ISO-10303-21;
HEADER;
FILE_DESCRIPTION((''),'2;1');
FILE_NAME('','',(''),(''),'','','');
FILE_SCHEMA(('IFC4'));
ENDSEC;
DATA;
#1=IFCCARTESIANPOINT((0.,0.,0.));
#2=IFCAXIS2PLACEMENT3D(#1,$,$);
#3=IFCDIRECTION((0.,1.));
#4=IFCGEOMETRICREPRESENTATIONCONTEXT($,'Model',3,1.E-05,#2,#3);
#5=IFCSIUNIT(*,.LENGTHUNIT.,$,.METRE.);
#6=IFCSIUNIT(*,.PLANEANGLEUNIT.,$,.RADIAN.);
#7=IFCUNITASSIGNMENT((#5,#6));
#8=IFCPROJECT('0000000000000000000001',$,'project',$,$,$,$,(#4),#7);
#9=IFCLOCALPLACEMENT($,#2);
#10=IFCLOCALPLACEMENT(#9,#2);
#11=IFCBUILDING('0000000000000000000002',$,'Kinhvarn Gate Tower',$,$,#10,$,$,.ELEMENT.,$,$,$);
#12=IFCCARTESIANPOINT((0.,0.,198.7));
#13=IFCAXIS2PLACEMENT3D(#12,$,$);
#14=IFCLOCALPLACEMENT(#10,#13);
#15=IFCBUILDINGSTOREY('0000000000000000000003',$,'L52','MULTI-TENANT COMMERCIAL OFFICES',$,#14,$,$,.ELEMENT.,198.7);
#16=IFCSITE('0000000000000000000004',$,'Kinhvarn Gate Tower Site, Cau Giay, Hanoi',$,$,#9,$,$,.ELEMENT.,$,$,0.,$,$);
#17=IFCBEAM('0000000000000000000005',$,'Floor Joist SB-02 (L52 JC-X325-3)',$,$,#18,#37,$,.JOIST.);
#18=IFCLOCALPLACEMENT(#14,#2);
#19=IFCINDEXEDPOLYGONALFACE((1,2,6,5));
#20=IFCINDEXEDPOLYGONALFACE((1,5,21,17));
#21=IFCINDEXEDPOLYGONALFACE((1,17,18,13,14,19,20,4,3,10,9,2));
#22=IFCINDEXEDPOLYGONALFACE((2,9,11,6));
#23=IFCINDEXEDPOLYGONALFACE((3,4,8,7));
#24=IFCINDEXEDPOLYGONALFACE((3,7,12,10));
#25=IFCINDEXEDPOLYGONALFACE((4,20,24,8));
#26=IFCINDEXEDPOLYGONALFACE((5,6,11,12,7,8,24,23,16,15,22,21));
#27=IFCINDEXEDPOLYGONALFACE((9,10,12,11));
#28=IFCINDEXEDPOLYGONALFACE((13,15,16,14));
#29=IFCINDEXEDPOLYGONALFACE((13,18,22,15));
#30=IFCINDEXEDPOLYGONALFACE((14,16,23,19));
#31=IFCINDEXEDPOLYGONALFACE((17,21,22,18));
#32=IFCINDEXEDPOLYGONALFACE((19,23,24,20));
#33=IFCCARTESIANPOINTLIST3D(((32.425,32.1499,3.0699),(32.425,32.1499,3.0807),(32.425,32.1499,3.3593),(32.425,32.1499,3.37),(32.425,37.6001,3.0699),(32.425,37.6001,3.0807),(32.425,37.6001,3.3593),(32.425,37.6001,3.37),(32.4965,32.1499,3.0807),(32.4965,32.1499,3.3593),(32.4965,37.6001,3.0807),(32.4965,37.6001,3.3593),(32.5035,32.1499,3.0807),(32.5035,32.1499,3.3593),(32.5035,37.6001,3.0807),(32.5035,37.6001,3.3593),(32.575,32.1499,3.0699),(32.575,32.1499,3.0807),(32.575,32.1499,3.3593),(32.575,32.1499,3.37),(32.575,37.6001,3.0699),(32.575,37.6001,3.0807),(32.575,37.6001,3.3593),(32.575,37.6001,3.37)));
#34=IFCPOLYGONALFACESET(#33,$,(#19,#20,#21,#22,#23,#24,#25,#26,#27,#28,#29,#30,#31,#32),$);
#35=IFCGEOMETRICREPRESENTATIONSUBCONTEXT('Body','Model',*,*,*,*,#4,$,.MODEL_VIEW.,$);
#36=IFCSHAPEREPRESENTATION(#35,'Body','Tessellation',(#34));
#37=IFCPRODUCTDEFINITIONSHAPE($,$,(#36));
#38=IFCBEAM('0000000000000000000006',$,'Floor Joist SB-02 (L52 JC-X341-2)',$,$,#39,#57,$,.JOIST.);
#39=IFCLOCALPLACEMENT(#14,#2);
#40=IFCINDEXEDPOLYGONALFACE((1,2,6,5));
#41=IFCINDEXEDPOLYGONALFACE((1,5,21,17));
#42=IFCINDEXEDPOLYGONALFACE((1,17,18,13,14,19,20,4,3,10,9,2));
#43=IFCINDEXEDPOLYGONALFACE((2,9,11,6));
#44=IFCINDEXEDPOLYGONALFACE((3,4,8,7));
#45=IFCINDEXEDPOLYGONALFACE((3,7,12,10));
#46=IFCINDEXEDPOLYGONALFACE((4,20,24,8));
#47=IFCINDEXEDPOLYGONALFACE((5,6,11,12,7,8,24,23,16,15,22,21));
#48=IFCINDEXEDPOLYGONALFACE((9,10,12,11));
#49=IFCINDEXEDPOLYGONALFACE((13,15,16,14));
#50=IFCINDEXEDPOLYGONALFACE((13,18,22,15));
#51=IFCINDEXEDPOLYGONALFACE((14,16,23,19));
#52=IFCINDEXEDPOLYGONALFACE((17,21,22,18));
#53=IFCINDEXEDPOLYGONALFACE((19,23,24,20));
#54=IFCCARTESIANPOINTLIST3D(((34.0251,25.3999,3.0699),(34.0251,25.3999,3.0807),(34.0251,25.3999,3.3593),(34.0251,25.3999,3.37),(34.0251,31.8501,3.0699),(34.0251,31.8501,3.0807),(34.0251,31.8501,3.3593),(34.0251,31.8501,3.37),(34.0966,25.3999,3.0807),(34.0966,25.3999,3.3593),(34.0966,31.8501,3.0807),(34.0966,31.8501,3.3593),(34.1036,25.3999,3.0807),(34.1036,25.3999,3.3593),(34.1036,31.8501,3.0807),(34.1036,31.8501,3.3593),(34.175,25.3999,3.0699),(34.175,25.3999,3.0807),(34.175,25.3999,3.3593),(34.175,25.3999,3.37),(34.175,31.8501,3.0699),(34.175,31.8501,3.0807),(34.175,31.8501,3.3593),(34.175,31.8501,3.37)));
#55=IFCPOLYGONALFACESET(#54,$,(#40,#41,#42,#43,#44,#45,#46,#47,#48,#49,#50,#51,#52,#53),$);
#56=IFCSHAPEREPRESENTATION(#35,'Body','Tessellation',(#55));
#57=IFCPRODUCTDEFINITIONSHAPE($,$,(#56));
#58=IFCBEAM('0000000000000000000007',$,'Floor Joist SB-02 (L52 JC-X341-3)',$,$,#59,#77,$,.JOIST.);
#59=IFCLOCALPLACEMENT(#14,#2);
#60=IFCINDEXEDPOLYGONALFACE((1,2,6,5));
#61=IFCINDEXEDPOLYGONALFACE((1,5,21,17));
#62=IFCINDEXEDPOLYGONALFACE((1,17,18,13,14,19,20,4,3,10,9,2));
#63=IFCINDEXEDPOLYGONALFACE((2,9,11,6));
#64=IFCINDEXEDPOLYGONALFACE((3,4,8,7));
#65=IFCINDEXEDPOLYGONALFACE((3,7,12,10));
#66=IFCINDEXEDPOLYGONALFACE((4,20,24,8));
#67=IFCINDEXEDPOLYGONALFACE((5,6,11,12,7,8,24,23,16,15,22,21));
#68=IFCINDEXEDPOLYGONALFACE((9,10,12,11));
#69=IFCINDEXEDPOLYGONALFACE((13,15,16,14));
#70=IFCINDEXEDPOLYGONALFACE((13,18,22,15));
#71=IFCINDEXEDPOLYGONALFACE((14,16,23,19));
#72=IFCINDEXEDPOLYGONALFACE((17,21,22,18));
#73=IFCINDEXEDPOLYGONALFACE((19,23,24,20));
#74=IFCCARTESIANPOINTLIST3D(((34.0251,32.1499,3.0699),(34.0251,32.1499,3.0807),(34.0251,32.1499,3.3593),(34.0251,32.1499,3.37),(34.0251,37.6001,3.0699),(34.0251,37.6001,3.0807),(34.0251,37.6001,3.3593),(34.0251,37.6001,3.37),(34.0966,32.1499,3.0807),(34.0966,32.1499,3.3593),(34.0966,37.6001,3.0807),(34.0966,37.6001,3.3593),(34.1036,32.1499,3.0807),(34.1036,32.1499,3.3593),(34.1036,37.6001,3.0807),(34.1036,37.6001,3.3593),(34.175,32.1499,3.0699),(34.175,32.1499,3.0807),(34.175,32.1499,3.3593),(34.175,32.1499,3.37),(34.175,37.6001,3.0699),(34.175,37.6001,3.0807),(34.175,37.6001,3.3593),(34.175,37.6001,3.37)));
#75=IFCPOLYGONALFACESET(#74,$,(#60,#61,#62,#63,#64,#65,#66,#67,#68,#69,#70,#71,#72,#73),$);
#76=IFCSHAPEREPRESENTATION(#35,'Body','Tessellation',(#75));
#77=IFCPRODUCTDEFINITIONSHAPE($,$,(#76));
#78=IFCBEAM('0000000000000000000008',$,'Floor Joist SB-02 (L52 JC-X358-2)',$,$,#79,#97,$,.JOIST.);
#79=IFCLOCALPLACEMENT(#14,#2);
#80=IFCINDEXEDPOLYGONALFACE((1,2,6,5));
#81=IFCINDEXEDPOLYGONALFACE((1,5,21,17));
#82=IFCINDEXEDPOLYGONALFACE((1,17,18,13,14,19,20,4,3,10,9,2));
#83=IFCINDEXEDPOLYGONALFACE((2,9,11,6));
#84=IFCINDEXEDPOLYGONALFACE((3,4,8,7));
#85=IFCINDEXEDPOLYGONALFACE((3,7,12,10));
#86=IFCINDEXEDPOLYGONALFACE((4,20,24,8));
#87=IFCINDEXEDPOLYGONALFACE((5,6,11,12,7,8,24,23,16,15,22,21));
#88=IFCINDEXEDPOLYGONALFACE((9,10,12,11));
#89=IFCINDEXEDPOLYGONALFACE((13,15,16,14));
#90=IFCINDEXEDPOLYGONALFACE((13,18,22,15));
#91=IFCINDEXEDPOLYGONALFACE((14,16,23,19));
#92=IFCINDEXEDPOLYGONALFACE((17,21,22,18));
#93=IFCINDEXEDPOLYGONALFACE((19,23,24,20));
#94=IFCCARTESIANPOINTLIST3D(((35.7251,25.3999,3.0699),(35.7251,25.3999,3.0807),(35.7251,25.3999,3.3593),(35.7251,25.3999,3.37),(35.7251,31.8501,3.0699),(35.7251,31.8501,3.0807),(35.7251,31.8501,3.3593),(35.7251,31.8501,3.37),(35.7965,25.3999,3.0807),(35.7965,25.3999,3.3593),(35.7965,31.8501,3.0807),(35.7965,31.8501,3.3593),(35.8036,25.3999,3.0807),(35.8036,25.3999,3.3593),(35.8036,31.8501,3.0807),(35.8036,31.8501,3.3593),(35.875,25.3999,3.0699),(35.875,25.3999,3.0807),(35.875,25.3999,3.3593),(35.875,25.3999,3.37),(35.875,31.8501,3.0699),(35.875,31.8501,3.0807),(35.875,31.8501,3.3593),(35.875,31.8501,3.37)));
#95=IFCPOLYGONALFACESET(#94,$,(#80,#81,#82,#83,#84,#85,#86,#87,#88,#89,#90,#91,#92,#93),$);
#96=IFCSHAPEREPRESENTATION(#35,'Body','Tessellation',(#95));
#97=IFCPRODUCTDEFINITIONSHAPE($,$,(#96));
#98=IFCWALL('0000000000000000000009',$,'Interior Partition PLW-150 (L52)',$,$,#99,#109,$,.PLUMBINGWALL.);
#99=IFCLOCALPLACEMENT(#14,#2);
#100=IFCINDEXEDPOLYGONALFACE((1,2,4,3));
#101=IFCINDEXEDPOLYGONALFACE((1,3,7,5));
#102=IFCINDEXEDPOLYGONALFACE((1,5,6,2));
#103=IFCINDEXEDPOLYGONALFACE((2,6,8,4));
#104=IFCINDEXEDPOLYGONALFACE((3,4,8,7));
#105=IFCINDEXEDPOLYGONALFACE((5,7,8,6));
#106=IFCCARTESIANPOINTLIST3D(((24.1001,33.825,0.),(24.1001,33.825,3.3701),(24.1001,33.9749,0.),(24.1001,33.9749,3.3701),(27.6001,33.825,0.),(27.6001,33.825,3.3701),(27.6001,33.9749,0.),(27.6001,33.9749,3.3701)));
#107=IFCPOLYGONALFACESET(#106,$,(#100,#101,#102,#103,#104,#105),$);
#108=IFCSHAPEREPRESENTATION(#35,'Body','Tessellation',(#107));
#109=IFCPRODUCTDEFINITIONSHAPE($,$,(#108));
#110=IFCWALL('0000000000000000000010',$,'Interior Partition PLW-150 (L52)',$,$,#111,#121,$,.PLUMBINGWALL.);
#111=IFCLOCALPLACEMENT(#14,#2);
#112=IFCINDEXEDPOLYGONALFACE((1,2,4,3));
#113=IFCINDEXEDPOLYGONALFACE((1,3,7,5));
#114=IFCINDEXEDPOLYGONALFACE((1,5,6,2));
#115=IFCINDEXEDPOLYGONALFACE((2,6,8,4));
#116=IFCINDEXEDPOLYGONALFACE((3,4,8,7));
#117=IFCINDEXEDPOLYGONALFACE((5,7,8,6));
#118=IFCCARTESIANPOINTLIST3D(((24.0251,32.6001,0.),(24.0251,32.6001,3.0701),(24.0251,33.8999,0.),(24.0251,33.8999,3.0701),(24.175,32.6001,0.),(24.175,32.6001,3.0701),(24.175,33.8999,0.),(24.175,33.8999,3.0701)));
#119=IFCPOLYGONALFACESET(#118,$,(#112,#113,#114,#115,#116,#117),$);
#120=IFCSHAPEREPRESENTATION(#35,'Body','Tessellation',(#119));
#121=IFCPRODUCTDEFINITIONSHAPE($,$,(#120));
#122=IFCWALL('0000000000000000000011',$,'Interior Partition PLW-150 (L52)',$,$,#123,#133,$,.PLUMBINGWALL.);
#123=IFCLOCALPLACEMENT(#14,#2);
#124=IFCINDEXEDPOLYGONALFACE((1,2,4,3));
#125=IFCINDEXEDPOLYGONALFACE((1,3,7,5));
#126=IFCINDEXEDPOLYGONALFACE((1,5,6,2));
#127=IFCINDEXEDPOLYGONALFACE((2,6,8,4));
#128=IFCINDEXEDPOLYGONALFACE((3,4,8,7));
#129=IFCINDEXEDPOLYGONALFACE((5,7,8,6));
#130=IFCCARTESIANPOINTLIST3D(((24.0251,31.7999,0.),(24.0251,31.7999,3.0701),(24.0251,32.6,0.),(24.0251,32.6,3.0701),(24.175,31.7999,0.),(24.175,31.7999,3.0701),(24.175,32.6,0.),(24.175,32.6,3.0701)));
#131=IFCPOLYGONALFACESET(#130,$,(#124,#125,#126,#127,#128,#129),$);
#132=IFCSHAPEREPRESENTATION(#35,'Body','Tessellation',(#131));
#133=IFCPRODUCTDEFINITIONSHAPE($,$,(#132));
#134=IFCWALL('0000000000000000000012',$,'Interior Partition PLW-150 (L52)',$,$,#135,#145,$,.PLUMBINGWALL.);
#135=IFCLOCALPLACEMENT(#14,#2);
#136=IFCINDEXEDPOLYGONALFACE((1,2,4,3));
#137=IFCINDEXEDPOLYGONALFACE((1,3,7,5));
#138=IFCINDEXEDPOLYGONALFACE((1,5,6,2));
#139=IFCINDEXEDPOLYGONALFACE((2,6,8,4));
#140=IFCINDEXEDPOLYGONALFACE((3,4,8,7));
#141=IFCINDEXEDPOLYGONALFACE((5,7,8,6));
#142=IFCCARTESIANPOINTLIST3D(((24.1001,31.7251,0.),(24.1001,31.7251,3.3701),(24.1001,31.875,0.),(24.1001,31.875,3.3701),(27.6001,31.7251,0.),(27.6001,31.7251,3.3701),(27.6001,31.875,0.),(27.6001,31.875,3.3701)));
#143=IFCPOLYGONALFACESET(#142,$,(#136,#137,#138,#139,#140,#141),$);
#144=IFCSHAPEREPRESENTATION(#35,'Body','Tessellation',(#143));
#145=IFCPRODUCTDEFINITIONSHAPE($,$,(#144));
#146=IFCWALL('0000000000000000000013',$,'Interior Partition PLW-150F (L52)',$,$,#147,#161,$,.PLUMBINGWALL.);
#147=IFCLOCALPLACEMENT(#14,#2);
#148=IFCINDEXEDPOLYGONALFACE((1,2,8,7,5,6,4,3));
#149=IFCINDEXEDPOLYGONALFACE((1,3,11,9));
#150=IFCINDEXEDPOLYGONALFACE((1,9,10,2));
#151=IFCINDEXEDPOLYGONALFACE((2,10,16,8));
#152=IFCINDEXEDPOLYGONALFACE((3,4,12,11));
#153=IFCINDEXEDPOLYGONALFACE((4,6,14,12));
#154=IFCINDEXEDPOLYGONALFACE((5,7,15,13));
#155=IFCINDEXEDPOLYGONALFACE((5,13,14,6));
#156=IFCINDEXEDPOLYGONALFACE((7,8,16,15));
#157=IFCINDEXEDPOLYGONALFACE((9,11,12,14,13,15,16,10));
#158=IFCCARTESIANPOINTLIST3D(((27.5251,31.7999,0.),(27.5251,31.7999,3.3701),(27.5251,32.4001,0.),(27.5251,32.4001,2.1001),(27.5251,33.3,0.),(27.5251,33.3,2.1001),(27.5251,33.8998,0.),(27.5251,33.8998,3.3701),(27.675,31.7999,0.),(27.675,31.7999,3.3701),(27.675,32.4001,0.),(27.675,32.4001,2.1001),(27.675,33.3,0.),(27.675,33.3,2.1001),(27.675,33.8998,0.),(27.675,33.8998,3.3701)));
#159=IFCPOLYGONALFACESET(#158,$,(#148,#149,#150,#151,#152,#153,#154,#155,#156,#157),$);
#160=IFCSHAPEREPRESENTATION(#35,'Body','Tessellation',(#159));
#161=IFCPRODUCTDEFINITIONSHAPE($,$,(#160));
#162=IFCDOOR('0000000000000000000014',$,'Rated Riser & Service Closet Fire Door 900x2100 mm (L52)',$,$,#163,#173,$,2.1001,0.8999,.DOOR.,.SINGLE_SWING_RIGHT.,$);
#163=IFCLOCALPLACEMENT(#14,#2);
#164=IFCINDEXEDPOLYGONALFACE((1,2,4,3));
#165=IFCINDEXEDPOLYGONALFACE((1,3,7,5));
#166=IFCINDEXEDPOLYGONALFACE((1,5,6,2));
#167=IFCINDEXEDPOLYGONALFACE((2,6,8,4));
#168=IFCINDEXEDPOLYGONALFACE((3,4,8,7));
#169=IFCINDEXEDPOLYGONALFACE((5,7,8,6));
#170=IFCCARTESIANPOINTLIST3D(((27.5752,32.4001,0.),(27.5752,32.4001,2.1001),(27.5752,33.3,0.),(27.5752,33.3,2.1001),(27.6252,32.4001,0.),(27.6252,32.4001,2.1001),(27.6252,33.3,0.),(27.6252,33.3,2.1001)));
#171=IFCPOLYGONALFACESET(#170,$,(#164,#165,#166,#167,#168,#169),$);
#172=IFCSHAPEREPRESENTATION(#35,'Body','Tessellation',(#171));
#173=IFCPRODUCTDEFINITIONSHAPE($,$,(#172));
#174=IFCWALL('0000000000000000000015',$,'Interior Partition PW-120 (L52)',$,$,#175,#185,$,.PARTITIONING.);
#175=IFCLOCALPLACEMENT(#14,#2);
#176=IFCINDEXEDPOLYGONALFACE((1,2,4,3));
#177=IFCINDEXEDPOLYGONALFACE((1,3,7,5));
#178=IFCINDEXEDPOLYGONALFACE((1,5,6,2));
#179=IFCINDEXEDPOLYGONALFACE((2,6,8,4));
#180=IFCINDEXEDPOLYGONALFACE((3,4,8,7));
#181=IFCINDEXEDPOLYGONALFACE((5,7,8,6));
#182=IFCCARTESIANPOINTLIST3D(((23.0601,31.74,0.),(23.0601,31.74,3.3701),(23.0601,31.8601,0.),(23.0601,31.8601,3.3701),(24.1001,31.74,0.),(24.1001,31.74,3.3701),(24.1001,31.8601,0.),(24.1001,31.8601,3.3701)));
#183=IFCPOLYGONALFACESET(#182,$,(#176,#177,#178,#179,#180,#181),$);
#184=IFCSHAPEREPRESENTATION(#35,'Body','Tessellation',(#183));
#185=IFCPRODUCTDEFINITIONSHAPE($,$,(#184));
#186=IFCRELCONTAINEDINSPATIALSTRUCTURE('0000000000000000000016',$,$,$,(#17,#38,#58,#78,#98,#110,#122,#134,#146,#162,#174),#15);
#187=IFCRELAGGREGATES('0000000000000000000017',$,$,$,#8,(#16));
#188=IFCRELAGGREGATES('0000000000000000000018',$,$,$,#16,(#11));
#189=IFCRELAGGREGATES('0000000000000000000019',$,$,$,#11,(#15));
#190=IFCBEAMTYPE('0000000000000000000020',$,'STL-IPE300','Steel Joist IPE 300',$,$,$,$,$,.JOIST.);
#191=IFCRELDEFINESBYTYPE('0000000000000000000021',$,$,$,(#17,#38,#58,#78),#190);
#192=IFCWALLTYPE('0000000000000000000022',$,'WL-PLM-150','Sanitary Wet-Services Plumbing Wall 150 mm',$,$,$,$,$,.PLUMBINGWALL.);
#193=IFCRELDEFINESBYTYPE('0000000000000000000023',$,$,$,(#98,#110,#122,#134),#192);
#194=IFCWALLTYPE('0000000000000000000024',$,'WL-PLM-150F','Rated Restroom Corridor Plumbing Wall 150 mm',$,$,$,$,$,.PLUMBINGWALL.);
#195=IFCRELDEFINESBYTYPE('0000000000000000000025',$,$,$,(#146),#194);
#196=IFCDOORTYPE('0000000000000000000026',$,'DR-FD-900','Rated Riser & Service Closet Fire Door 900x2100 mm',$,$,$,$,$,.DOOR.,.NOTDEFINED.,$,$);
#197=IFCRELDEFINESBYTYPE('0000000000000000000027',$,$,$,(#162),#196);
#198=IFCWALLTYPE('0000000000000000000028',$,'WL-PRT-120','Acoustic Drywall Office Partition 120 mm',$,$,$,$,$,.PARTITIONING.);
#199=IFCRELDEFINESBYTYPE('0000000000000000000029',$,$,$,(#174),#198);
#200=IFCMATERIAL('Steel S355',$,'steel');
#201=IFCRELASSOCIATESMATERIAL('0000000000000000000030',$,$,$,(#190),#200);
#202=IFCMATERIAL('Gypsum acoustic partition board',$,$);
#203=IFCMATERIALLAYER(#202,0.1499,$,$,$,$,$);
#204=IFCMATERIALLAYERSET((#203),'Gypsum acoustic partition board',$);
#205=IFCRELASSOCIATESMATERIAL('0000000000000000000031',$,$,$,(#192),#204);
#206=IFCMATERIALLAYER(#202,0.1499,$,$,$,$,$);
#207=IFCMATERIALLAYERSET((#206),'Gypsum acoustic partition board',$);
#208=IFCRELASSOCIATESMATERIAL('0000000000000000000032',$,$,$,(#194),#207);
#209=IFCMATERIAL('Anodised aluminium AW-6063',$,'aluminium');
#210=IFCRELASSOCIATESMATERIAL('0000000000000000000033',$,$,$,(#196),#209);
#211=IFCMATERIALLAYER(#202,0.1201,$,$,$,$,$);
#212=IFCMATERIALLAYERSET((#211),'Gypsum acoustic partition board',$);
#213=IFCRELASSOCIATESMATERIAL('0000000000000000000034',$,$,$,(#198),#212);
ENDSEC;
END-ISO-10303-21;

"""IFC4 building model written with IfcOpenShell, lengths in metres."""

from ifc_helpers import new_model, si_unit, direction, frame, frame_2d, origin, origin_2d, place, context, subcontext, project, spatial, rectangle, i_section, extrude, material, layer, layer_set, material_profile, profile_set, type_object, element, fill, save


model = new_model("IFC4")

# Units and contexts
model_context = context("Model", 3, precision=1e-05, world=origin(), true_north=direction((0.0, 1.0)))
body_context = subcontext(model_context, "Body", "Model", "MODEL_VIEW")
ifc_project = project(units=[si_unit("LENGTHUNIT", "METRE"), si_unit("PLANEANGLEUNIT", "RADIAN")], contexts=[model_context])

# Site, building, storey
site_placement = place(None, origin())
site = spatial("IfcSite", under=ifc_project, at=site_placement, Name="Kinhvarn Gate Tower Site, Cau Giay, Hanoi", CompositionType="ELEMENT", RefElevation=0.0)
building_placement = place(site_placement, origin())
building = spatial("IfcBuilding", under=site, at=building_placement, Name="Kinhvarn Gate Tower", CompositionType="ELEMENT")
storey_placement = place(building_placement, frame((0.0, 0.0, 198.7)))
storey = spatial("IfcBuildingStorey", under=building, at=storey_placement, Name="L52", Description="MULTI-TENANT COMMERCIAL OFFICES", CompositionType="ELEMENT", Elevation=198.7)

# Beams
ifc_material_1 = material(Name="Steel S355", Category="steel")
ifc_material_profile = material_profile(ifc_material_1, i_section(OverallWidth=0.1499, OverallDepth=0.3, WebThickness=0.0071, FlangeThickness=0.0107, at=origin_2d()), Name="IPE 300")
ifc_profile_set = profile_set([ifc_material_profile], Name="Steel S355")
beam_type = type_object("IfcBeamType", Name="STL-IPE300", Description="Steel Joist IPE 300", PredefinedType="JOIST", material=ifc_profile_set)
beam_1_placement = place(storey_placement, frame((32.5, 32.1499, 3.22), z_axis=(0.0, 1.0, 0.0), x_axis=(-1.0, 0.0, 0.0)))
element("IfcBeam", 1, at=beam_1_placement, inside=storey, type_object=beam_type, Name="Floor Joist SB-02 (L52 JC-X325-3)", PredefinedType="JOIST", context=body_context, shape_type="SweptSolid", body=[
    extrude(i_section(OverallWidth=0.1499, OverallDepth=0.3, WebThickness=0.0071, FlangeThickness=0.0107, at=origin_2d()), origin(), (0.0, 0.0, 1.0), 5.4502),
])
beam_2_placement = place(storey_placement, frame((34.1001, 25.3999, 3.22), z_axis=(0.0, 1.0, 0.0), x_axis=(-1.0, 0.0, 0.0)))
element("IfcBeam", 2, at=beam_2_placement, inside=storey, type_object=beam_type, Name="Floor Joist SB-02 (L52 JC-X341-2)", PredefinedType="JOIST", context=body_context, shape_type="SweptSolid", body=[
    extrude(i_section(OverallWidth=0.1499, OverallDepth=0.3, WebThickness=0.0071, FlangeThickness=0.0107, at=origin_2d()), origin(), (0.0, 0.0, 1.0), 6.4502),
])
beam_3_placement = place(storey_placement, frame((34.1001, 32.1499, 3.22), z_axis=(0.0, 1.0, 0.0), x_axis=(-1.0, 0.0, 0.0)))
element("IfcBeam", 3, at=beam_3_placement, inside=storey, type_object=beam_type, Name="Floor Joist SB-02 (L52 JC-X341-3)", PredefinedType="JOIST", context=body_context, shape_type="SweptSolid", body=[
    extrude(i_section(OverallWidth=0.1499, OverallDepth=0.3, WebThickness=0.0071, FlangeThickness=0.0107, at=origin_2d()), origin(), (0.0, 0.0, 1.0), 5.4502),
])
beam_4_placement = place(storey_placement, frame((35.8, 25.3999, 3.22), z_axis=(0.0, 1.0, 0.0), x_axis=(-1.0, 0.0, 0.0)))
element("IfcBeam", 4, at=beam_4_placement, inside=storey, type_object=beam_type, Name="Floor Joist SB-02 (L52 JC-X358-2)", PredefinedType="JOIST", context=body_context, shape_type="SweptSolid", body=[
    extrude(i_section(OverallWidth=0.1499, OverallDepth=0.3, WebThickness=0.0071, FlangeThickness=0.0107, at=origin_2d()), origin(), (0.0, 0.0, 1.0), 6.4502),
])

# Walls
ifc_material_2 = material(Name="Gypsum acoustic partition board")
ifc_layer_1 = layer(ifc_material_2, 0.1499)
ifc_layer_set_1 = layer_set([ifc_layer_1], Name="Gypsum acoustic partition board")
wall_type_1 = type_object("IfcWallType", Name="WL-PLM-150", Description="Sanitary Wet-Services Plumbing Wall 150 mm", PredefinedType="PLUMBINGWALL", material=ifc_layer_set_1)
wall_1_placement = place(storey_placement, frame((24.1001, 33.8999, 0.0), z_axis=(0.0, 0.0, 1.0), x_axis=(1.0, 0.0, 0.0)))
element("IfcWall", 5, at=wall_1_placement, inside=storey, type_object=wall_type_1, Name="Interior Partition PLW-150 (L52)", PredefinedType="PLUMBINGWALL", context=body_context, shape_type="SweptSolid", body=[
    extrude(rectangle(XDim=3.5, YDim=0.1499, at=frame_2d((1.75, 0.0))), origin(), (0.0, 0.0, 1.0), 3.3701),
])
wall_2_placement = place(storey_placement, frame((24.1001, 32.6001, 0.0), z_axis=(0.0, 0.0, 1.0), x_axis=(0.0, 1.0, 0.0)))
element("IfcWall", 6, at=wall_2_placement, inside=storey, type_object=wall_type_1, Name="Interior Partition PLW-150 (L52)", PredefinedType="PLUMBINGWALL", context=body_context, shape_type="SweptSolid", body=[
    extrude(rectangle(XDim=1.2998, YDim=0.1499, at=frame_2d((0.6499, 0.0))), origin(), (0.0, 0.0, 1.0), 3.0701),
])
wall_3_placement = place(storey_placement, frame((24.1001, 31.8, 0.0), z_axis=(0.0, 0.0, 1.0), x_axis=(0.0, 1.0, 0.0)))
element("IfcWall", 7, at=wall_3_placement, inside=storey, type_object=wall_type_1, Name="Interior Partition PLW-150 (L52)", PredefinedType="PLUMBINGWALL", context=body_context, shape_type="SweptSolid", body=[
    extrude(rectangle(XDim=0.8, YDim=0.1499, at=frame_2d((0.3999, 0.0))), origin(), (0.0, 0.0, 1.0), 3.0701),
])
wall_4_placement = place(storey_placement, frame((24.1001, 31.8, 0.0), z_axis=(0.0, 0.0, 1.0), x_axis=(1.0, 0.0, 0.0)))
element("IfcWall", 8, at=wall_4_placement, inside=storey, type_object=wall_type_1, Name="Interior Partition PLW-150 (L52)", PredefinedType="PLUMBINGWALL", context=body_context, shape_type="SweptSolid", body=[
    extrude(rectangle(XDim=3.5, YDim=0.1499, at=frame_2d((1.75, 0.0))), origin(), (0.0, 0.0, 1.0), 3.3701),
])

# Wall, opening, door
ifc_layer_2 = layer(ifc_material_2, 0.1499)
ifc_layer_set_2 = layer_set([ifc_layer_2], Name="Gypsum acoustic partition board")
wall_type_2 = type_object("IfcWallType", Name="WL-PLM-150F", Description="Rated Restroom Corridor Plumbing Wall 150 mm", PredefinedType="PLUMBINGWALL", material=ifc_layer_set_2)
wall_5_placement = place(storey_placement, frame((27.6001, 31.8, 0.0), z_axis=(0.0, 0.0, 1.0), x_axis=(0.0, 1.0, 0.0)))
wall_5 = element("IfcWall", 9, at=wall_5_placement, inside=storey, type_object=wall_type_2, Name="Interior Partition PLW-150F (L52)", PredefinedType="PLUMBINGWALL", context=body_context, shape_type="SweptSolid", body=[
    extrude(rectangle(XDim=2.0999, YDim=0.1499, at=frame_2d((1.0498, 0.0))), origin(), (0.0, 0.0, 1.0), 3.3701),
])
opening_1_placement = place(wall_5_placement, frame((0.6001, 0.0, 0.0)))
opening_1 = element("IfcOpeningElement", 10, at=opening_1_placement, cuts=wall_5, PredefinedType="OPENING", context=body_context, shape_type="SweptSolid", body=[
    extrude(rectangle(XDim=0.8999, YDim=2.1001, at=frame_2d((0.45, 1.05))), frame((0.0, 0.085, 0.0), z_axis=(0.0, -1.0, 0.0), x_axis=(1.0, 0.0, 0.0)), (0.0, 0.0, 1.0), 0.1699),
])
ifc_material_3 = material(Name="Anodised aluminium AW-6063", Category="aluminium")
door_type_1 = type_object("IfcDoorType", Name="DR-FD-900", Description="Rated Riser & Service Closet Fire Door 900x2100 mm", OperationType="NOTDEFINED", PredefinedType="DOOR", material=ifc_material_3)
door_1_placement = place(opening_1_placement, origin())
door_1 = element("IfcDoor", 11, at=door_1_placement, inside=storey, type_object=door_type_1, Name="Rated Riser & Service Closet Fire Door 900x2100 mm (L52)", OperationType="SINGLE_SWING_RIGHT", OverallHeight=2.1001, OverallWidth=0.8999, PredefinedType="DOOR", context=body_context, shape_type="SweptSolid", body=[
    extrude(rectangle(XDim=0.8999, YDim=2.1001, at=frame_2d((0.45, 1.05))), frame((0.0, 0.0249, 0.0), z_axis=(0.0, -1.0, 0.0), x_axis=(1.0, 0.0, 0.0)), (0.0, 0.0, 1.0), 0.05),
])
fill(opening_1, door_1)

# Wall
ifc_layer_3 = layer(ifc_material_2, 0.1201)
ifc_layer_set_3 = layer_set([ifc_layer_3], Name="Gypsum acoustic partition board")
wall_type_3 = type_object("IfcWallType", Name="WL-PRT-120", Description="Acoustic Drywall Office Partition 120 mm", PredefinedType="PARTITIONING", material=ifc_layer_set_3)
wall_6_placement = place(storey_placement, frame((23.0601, 31.8, 0.0), z_axis=(0.0, 0.0, 1.0), x_axis=(1.0, 0.0, 0.0)))
element("IfcWall", 12, at=wall_6_placement, inside=storey, type_object=wall_type_3, Name="Interior Partition PW-120 (L52)", PredefinedType="PARTITIONING", context=body_context, shape_type="SweptSolid", body=[
    extrude(rectangle(XDim=1.04, YDim=0.1201, at=frame_2d((0.52, 0.0))), origin(), (0.0, 0.0, 1.0), 3.3701),
])

save(model, "model.ifc")
